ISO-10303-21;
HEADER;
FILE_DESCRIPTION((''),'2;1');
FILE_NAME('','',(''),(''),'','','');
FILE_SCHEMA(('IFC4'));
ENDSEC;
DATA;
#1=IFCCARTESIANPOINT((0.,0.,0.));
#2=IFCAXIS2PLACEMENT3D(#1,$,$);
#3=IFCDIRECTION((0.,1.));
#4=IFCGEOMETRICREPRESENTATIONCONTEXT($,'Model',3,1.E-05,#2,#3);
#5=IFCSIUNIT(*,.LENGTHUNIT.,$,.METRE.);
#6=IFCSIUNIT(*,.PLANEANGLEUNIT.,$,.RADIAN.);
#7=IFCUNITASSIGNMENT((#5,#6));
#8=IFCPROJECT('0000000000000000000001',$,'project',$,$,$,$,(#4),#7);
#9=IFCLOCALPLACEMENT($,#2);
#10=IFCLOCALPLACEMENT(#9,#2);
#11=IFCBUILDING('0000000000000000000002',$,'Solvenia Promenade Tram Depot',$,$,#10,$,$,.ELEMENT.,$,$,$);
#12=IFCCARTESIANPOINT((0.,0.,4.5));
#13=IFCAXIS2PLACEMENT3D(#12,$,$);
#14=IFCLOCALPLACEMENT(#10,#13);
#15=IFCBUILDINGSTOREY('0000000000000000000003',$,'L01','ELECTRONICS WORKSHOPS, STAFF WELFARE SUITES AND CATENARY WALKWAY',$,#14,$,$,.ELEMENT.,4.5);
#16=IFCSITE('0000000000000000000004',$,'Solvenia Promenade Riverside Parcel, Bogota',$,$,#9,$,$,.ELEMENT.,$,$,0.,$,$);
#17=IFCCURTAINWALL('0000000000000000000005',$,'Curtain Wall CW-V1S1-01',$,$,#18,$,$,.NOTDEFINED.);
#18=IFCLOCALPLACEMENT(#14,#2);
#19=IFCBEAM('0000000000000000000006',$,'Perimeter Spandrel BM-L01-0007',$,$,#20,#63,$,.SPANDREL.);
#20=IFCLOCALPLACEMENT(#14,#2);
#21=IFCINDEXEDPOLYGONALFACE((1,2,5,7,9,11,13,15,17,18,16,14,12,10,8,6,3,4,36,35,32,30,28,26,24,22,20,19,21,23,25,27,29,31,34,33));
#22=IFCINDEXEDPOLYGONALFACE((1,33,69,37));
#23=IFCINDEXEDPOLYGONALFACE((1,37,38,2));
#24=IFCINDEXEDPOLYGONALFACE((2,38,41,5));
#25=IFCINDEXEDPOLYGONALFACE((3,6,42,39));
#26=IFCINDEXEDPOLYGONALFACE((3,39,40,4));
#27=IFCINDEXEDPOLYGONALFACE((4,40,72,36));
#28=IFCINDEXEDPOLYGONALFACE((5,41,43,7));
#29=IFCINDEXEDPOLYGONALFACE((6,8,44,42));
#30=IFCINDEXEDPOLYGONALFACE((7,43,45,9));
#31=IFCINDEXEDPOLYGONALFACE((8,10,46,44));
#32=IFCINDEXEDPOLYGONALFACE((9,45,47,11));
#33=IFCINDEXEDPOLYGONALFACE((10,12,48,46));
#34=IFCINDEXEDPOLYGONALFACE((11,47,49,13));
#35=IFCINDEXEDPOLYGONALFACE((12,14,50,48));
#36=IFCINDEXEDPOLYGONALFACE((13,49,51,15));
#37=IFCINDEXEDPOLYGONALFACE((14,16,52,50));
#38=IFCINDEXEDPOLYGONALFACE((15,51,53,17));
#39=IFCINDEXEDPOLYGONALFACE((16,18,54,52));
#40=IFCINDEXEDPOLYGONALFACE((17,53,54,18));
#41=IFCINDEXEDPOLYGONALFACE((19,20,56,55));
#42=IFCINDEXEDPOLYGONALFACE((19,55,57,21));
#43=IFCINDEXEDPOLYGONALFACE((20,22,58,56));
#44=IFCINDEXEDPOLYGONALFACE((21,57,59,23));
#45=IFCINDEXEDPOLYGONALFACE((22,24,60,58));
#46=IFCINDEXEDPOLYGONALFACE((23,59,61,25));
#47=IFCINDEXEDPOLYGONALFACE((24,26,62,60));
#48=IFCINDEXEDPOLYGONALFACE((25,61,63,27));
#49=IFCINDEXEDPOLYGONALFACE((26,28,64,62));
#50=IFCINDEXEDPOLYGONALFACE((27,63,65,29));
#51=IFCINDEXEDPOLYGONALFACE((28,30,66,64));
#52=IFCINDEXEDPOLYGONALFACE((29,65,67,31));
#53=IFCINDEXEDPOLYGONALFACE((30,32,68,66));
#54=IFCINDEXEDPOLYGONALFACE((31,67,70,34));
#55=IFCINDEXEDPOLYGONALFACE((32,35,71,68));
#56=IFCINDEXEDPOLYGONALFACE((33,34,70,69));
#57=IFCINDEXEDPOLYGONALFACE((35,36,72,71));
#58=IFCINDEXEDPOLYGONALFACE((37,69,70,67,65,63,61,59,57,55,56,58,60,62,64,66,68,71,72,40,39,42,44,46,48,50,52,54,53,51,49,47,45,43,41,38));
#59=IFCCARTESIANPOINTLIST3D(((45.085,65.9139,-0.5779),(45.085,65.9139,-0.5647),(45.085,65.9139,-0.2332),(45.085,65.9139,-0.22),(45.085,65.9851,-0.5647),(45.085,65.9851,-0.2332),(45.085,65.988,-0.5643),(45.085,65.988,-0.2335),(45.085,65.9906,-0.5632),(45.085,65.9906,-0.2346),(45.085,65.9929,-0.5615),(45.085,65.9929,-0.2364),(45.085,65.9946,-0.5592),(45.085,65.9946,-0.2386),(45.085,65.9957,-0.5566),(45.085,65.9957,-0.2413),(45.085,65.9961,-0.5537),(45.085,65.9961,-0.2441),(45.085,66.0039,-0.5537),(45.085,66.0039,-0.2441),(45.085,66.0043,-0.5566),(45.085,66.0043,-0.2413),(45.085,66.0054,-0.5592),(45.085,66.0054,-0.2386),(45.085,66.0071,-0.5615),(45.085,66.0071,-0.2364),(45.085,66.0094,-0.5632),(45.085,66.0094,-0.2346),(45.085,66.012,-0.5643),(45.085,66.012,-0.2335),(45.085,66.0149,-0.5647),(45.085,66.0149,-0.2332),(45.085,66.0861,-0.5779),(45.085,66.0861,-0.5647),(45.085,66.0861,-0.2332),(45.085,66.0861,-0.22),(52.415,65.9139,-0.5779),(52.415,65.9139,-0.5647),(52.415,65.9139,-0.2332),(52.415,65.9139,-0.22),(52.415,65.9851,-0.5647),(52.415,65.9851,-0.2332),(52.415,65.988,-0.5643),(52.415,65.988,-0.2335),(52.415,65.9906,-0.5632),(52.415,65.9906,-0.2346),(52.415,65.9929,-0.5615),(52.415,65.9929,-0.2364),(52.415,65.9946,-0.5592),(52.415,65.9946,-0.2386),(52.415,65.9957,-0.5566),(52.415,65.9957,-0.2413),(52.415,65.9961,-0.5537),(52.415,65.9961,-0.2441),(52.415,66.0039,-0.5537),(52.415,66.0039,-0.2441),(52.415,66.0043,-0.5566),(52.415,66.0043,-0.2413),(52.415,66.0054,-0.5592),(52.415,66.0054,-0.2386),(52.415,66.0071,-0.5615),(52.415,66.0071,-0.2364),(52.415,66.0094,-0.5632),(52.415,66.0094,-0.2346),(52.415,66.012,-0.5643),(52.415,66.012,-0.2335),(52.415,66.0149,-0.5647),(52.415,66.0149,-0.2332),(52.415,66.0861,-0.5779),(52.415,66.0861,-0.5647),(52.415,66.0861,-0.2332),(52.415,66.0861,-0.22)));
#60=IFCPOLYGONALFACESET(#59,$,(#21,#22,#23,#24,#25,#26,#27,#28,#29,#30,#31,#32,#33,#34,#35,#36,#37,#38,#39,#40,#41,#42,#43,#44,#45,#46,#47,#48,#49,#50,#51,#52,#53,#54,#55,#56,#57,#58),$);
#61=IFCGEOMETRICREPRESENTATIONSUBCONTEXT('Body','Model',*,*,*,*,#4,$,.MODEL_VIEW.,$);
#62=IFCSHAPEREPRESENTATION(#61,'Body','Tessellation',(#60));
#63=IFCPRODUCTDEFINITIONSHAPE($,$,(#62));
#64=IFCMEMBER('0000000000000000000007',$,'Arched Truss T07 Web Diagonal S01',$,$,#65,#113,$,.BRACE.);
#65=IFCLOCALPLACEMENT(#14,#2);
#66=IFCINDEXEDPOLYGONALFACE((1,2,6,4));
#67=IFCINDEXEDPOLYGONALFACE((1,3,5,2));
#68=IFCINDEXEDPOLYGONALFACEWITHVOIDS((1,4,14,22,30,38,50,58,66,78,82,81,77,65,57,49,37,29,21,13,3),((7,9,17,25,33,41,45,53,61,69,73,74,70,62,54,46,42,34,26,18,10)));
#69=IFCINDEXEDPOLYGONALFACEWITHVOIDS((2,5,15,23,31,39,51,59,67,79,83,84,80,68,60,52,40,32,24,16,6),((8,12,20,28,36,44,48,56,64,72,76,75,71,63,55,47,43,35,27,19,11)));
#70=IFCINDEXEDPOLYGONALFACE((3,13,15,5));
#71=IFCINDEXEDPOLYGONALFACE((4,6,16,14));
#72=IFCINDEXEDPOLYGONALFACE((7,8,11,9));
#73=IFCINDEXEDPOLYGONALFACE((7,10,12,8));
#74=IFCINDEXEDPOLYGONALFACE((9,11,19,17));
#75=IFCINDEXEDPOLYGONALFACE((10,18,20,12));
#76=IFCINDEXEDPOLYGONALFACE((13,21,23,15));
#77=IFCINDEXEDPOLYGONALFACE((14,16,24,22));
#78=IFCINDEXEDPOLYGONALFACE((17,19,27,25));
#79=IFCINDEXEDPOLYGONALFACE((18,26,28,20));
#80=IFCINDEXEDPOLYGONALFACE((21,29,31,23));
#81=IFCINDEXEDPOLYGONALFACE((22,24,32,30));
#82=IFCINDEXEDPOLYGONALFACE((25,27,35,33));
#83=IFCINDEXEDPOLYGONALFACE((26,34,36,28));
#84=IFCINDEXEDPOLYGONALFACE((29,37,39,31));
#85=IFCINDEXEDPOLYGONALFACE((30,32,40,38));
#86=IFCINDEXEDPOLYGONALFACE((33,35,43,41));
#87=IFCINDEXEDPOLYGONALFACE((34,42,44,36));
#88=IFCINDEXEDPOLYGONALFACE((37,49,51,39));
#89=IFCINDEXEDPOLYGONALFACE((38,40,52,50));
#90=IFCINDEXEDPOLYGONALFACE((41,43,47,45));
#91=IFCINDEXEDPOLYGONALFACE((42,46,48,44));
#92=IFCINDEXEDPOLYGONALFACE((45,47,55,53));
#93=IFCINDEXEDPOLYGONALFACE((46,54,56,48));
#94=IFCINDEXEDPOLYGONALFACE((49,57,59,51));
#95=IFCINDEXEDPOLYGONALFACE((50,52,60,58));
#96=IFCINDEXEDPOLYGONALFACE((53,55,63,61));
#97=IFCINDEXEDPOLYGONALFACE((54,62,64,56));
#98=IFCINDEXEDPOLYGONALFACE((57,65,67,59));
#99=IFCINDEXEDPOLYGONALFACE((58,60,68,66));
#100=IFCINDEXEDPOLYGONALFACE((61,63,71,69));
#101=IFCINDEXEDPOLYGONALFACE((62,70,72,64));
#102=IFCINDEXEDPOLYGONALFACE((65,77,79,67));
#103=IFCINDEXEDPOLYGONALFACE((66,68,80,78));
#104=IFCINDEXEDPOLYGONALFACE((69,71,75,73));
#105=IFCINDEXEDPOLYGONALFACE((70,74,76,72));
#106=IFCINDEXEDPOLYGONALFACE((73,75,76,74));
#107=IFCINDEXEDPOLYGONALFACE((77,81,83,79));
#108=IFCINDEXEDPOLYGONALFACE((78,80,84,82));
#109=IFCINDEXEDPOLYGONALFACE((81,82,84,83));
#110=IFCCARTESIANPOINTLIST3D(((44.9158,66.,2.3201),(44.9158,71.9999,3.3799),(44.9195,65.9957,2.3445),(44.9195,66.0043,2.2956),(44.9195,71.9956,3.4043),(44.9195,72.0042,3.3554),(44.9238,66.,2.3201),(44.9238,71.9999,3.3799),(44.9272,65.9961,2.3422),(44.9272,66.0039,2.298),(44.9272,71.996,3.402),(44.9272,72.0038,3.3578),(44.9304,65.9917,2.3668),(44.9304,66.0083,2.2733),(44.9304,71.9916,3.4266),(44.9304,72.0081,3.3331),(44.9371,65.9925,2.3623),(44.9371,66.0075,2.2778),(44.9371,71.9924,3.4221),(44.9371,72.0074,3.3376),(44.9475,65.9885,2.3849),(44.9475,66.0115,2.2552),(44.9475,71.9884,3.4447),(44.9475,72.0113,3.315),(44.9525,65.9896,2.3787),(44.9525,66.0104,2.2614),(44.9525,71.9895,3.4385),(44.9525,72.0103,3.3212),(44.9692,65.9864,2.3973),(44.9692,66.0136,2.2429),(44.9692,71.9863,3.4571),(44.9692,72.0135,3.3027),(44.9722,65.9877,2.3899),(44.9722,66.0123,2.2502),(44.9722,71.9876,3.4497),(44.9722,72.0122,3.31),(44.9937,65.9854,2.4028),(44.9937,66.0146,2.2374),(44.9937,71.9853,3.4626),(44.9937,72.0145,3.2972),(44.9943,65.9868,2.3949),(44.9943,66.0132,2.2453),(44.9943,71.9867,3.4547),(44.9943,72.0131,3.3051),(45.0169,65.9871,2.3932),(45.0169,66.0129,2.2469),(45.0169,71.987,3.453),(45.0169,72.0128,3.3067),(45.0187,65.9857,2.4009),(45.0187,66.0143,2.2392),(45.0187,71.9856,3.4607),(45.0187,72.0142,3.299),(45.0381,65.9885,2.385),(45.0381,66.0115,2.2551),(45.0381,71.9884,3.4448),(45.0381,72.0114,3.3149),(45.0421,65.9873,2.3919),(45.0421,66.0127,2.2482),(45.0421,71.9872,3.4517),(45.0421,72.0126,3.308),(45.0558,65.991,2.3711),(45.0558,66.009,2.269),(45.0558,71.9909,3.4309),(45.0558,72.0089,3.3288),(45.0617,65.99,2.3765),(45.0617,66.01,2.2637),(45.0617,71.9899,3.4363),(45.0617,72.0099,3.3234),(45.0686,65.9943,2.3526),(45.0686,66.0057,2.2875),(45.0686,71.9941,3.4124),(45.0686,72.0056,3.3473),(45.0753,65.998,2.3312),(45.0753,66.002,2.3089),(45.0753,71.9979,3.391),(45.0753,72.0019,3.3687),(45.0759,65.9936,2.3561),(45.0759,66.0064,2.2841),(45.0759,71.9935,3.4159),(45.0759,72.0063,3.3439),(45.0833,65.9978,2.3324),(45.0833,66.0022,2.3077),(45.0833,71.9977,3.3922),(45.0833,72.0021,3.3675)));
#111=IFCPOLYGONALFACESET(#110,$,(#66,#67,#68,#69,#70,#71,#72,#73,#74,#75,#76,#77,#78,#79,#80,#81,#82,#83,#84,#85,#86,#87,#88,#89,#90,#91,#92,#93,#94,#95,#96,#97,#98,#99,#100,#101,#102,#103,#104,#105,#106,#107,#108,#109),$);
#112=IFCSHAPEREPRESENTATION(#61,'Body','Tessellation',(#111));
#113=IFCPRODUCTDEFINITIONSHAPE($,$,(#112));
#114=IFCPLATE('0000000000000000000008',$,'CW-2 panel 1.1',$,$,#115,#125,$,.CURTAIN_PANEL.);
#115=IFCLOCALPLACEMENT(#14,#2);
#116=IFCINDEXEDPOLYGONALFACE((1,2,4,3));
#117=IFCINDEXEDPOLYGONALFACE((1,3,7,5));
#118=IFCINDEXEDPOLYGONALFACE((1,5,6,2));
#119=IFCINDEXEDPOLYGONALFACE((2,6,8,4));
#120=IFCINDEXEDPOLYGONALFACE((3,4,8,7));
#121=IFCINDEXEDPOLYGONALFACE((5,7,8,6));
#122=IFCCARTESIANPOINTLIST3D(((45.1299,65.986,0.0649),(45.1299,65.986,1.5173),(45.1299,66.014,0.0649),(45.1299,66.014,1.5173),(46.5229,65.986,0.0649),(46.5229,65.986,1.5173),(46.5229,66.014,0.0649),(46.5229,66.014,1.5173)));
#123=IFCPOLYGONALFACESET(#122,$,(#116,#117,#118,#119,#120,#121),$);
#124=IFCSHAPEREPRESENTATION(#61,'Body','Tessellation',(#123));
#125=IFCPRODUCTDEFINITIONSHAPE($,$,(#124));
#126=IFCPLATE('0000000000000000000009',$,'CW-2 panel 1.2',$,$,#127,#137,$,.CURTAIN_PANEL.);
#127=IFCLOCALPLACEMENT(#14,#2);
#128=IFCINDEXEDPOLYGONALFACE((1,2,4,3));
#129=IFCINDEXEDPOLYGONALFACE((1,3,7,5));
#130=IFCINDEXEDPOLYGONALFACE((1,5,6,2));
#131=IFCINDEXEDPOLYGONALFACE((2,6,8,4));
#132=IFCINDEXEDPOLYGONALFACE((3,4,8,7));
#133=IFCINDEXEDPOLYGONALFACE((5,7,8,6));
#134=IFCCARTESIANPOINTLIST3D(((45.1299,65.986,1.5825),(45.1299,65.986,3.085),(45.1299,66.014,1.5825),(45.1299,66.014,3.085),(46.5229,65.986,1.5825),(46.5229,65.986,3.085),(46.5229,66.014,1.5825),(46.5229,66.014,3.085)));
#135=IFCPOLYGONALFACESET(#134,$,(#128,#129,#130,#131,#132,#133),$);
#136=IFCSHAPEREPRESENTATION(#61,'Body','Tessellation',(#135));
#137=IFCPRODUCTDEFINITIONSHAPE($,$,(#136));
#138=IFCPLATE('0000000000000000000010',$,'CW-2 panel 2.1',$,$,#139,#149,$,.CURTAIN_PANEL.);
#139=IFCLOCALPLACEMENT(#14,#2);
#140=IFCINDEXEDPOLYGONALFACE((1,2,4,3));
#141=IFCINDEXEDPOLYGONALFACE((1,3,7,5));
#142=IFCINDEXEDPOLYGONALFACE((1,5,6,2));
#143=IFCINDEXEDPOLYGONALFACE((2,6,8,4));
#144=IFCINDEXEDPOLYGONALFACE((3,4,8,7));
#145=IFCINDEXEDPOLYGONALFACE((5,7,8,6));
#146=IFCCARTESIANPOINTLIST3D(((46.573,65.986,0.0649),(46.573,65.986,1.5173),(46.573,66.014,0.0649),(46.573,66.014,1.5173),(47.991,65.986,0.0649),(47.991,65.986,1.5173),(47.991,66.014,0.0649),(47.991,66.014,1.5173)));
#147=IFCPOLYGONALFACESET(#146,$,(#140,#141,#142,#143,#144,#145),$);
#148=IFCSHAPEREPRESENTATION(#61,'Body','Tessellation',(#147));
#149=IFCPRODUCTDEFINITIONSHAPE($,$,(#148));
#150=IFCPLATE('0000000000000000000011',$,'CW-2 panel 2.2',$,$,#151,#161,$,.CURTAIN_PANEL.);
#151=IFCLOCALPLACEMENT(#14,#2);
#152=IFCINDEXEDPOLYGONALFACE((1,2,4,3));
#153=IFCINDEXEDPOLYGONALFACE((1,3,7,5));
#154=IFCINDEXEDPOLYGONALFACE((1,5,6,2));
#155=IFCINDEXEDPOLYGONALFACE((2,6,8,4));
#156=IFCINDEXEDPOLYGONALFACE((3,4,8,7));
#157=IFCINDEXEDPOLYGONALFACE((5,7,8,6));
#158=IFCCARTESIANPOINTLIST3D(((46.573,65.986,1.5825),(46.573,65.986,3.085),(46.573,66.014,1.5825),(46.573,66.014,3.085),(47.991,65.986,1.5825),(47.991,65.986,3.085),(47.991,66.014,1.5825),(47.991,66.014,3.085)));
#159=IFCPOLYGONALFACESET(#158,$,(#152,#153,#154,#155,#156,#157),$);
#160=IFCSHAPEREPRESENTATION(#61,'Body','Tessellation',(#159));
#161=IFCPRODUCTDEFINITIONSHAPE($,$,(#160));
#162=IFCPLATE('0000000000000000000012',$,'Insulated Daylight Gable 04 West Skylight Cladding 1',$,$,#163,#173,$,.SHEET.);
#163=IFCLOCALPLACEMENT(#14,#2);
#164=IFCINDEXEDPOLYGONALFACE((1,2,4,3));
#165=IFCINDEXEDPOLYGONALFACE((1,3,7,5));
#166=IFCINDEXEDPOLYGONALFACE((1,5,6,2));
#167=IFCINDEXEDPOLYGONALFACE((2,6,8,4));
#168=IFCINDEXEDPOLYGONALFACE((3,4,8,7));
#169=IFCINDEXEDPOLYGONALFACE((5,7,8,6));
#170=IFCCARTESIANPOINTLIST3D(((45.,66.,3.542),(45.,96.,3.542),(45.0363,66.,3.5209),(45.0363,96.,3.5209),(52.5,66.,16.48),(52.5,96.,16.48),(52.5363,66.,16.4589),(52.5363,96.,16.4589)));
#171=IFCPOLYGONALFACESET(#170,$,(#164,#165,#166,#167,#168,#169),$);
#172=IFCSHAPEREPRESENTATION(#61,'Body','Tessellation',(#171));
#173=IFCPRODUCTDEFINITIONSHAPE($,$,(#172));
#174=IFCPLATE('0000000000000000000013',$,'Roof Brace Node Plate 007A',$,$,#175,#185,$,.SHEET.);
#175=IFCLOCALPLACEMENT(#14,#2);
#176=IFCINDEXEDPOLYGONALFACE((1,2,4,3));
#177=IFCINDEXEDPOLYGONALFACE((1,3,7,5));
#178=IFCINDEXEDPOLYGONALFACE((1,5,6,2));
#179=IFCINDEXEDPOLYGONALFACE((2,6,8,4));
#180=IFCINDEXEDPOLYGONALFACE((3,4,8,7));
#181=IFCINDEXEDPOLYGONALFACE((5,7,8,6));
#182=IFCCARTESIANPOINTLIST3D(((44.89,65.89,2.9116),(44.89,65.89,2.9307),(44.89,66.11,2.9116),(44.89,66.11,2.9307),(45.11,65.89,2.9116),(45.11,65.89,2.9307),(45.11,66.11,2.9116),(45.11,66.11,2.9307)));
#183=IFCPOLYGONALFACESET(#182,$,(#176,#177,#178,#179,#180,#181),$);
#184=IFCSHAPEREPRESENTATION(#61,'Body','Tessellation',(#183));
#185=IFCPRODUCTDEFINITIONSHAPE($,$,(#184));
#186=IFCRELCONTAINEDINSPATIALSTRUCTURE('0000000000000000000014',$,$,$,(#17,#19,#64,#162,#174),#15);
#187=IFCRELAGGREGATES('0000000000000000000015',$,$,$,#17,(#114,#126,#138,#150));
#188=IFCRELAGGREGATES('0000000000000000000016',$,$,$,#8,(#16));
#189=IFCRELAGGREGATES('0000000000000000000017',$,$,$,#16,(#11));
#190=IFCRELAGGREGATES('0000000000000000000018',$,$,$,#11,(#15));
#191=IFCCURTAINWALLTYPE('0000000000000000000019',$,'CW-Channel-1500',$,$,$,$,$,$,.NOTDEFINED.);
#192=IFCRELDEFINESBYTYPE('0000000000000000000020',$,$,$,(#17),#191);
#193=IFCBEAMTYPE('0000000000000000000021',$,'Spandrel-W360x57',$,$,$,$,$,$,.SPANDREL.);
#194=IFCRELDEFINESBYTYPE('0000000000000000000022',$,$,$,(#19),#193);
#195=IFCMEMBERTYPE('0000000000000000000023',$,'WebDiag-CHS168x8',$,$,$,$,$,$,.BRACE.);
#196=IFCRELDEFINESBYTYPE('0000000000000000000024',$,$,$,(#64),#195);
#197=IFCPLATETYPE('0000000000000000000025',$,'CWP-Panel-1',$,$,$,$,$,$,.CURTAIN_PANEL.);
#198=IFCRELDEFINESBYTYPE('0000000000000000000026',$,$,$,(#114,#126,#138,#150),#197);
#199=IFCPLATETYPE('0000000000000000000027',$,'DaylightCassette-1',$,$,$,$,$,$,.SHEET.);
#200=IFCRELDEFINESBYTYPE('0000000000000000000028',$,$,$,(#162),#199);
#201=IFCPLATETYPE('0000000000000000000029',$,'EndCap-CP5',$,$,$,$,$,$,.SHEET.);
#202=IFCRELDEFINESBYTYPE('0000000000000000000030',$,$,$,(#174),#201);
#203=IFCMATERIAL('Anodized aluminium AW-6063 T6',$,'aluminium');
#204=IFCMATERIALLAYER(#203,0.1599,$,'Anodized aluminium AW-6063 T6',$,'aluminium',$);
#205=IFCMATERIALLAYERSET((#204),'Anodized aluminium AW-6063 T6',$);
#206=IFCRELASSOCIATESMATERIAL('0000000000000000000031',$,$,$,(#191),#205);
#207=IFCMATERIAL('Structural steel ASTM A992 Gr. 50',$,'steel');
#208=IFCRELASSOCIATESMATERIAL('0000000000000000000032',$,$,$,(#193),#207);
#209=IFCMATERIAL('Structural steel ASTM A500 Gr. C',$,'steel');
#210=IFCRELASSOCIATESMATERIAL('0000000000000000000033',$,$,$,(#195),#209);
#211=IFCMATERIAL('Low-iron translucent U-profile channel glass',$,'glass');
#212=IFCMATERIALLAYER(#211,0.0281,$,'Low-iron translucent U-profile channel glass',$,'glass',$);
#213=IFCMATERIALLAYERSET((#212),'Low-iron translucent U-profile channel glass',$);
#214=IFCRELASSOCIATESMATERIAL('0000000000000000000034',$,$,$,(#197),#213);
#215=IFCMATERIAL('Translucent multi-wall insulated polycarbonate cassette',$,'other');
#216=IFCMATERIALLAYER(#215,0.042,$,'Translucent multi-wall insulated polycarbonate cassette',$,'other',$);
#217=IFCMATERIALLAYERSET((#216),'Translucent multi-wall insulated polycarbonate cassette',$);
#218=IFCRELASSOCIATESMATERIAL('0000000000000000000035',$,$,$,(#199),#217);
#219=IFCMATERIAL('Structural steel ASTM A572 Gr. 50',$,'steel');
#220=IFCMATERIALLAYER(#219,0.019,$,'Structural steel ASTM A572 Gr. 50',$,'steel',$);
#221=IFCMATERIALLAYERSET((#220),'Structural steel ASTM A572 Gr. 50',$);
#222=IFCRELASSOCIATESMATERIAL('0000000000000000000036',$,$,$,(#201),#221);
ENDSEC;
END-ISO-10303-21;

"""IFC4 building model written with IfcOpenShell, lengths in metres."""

from ifc_helpers import new_model, si_unit, direction, frame, origin, origin_2d, place, context, subcontext, project, spatial, polyline, rectangle, hollow_circle, i_section, outline, extrude, material, layer, layer_set, material_profile, profile_set, type_object, element, aggregate, save


model = new_model("IFC4")

# Units and contexts
model_context = context("Model", 3, precision=1e-05, world=origin(), true_north=direction((0.0, 1.0)))
body_context = subcontext(model_context, "Body", "Model", "MODEL_VIEW")
ifc_project = project(units=[si_unit("LENGTHUNIT", "METRE"), si_unit("PLANEANGLEUNIT", "RADIAN")], contexts=[model_context])

# Site, building, storey
site_placement = place(None, origin())
site = spatial("IfcSite", under=ifc_project, at=site_placement, Name="Solvenia Promenade Riverside Parcel, Bogota", CompositionType="ELEMENT", RefElevation=0.0)
building_placement = place(site_placement, origin())
building = spatial("IfcBuilding", under=site, at=building_placement, Name="Solvenia Promenade Tram Depot", CompositionType="ELEMENT")
storey_placement = place(building_placement, frame((0.0, 0.0, 4.5)))
storey = spatial("IfcBuildingStorey", under=building, at=storey_placement, Name="L01", Description="ELECTRONICS WORKSHOPS, STAFF WELFARE SUITES AND CATENARY WALKWAY", CompositionType="ELEMENT", Elevation=4.5)

# Shared definitions
ifc_material_1 = material(Name="Structural steel ASTM A992 Gr. 50", Category="steel")

# Shared definitions
ifc_material_2 = material(Name="Anodized aluminium AW-6063 T6", Category="aluminium")

# Curtain wall
ifc_layer_1 = layer(ifc_material_2, 0.1599, Name="Anodized aluminium AW-6063 T6", Category="aluminium")
ifc_layer_set_1 = layer_set([ifc_layer_1], Name="Anodized aluminium AW-6063 T6")
curtain_wall_type_1 = type_object("IfcCurtainWallType", Name="CW-Channel-1500", PredefinedType="NOTDEFINED", material=ifc_layer_set_1)
curtain_wall_1_placement = place(storey_placement, origin())
curtain_wall_1 = element("IfcCurtainWall", 1, at=curtain_wall_1_placement, inside=storey, type_object=curtain_wall_type_1, Name="Curtain Wall CW-V1S1-01", PredefinedType="NOTDEFINED")

# Shared definitions
ifc_material_3 = material(Name="Structural steel ASTM A500 Gr. C", Category="steel")

# Beam
ifc_material_profile_1 = material_profile(ifc_material_1, i_section(OverallWidth=0.1721, OverallDepth=0.3579, WebThickness=0.0078, FlangeThickness=0.0132, FilletRadius=0.011, at=origin_2d()), Name="W360x57", Category="steel")
ifc_profile_set_1 = profile_set([ifc_material_profile_1], Name="Structural steel ASTM A992 Gr. 50")
beam_type = type_object("IfcBeamType", Name="Spandrel-W360x57", PredefinedType="SPANDREL", material=ifc_profile_set_1)
beam_placement = place(storey_placement, frame((45.085, 66.0, -0.3989), z_axis=(1.0, 0.0, 0.0), x_axis=(0.0, 1.0, 0.0)))
element("IfcBeam", 2, at=beam_placement, inside=storey, type_object=beam_type, Name="Perimeter Spandrel BM-L01-0007", PredefinedType="SPANDREL", context=body_context, shape_type="SweptSolid", body=[
    extrude(i_section(OverallWidth=0.1721, OverallDepth=0.3579, WebThickness=0.0078, FlangeThickness=0.0132, FilletRadius=0.011, at=origin_2d()), origin(), (0.0, 0.0, 1.0), 7.3301),
])

# Member
ifc_material_profile_2 = material_profile(ifc_material_3, hollow_circle(Radius=0.0842, WallThickness=0.0081, at=origin_2d()), Name="CHS168.3x8", Category="steel")
ifc_profile_set_2 = profile_set([ifc_material_profile_2], Name="Structural steel ASTM A500 Gr. C")
member_type_1 = type_object("IfcMemberType", Name="WebDiag-CHS168x8", PredefinedType="BRACE", material=ifc_profile_set_2)
member_1_placement = place(storey_placement, frame((45.0, 66.0, 2.3201), z_axis=(0.0, 0.984756, 0.173943), x_axis=(-1.0, 0.0, 0.0)))
element("IfcMember", 3, at=member_1_placement, inside=storey, type_object=member_type_1, Name="Arched Truss T07 Web Diagonal S01", PredefinedType="BRACE", context=body_context, shape_type="SweptSolid", body=[
    extrude(hollow_circle(Radius=0.0842, WallThickness=0.0081, at=origin_2d()), origin(), (0.0, 0.0, 1.0), 6.0928),
])

# Plates
ifc_material_4 = material(Name="Low-iron translucent U-profile channel glass", Category="glass")
ifc_layer_2 = layer(ifc_material_4, 0.0281, Name="Low-iron translucent U-profile channel glass", Category="glass")
ifc_layer_set_2 = layer_set([ifc_layer_2], Name="Low-iron translucent U-profile channel glass")
plate_type_1 = type_object("IfcPlateType", Name="CWP-Panel-1", PredefinedType="CURTAIN_PANEL", material=ifc_layer_set_2)
plate_1_placement = place(storey_placement, frame((45.8264, 66.0, 0.0649), z_axis=(0.0, 0.0, 1.0), x_axis=(1.0, 0.0, 0.0)))
plate_1 = element("IfcPlate", 4, at=plate_1_placement, type_object=plate_type_1, Name="CW-2 panel 1.1", PredefinedType="CURTAIN_PANEL", context=body_context, shape_type="SweptSolid", body=[
    extrude(rectangle(XDim=1.3931, YDim=0.0281, at=origin_2d()), origin(), (0.0, 0.0, 1.0), 1.4524),
])
plate_2_placement = place(storey_placement, frame((45.8264, 66.0, 1.5825), z_axis=(0.0, 0.0, 1.0), x_axis=(1.0, 0.0, 0.0)))
plate_2 = element("IfcPlate", 5, at=plate_2_placement, type_object=plate_type_1, Name="CW-2 panel 1.2", PredefinedType="CURTAIN_PANEL", context=body_context, shape_type="SweptSolid", body=[
    extrude(rectangle(XDim=1.3931, YDim=0.0281, at=origin_2d()), origin(), (0.0, 0.0, 1.0), 1.5024),
])
plate_3_placement = place(storey_placement, frame((47.282, 66.0, 0.0649), z_axis=(0.0, 0.0, 1.0), x_axis=(1.0, 0.0, 0.0)))
plate_3 = element("IfcPlate", 6, at=plate_3_placement, type_object=plate_type_1, Name="CW-2 panel 2.1", PredefinedType="CURTAIN_PANEL", context=body_context, shape_type="SweptSolid", body=[
    extrude(rectangle(XDim=1.418, YDim=0.0281, at=origin_2d()), origin(), (0.0, 0.0, 1.0), 1.4524),
])
plate_4_placement = place(storey_placement, frame((47.282, 66.0, 1.5825), z_axis=(0.0, 0.0, 1.0), x_axis=(1.0, 0.0, 0.0)))
plate_4 = element("IfcPlate", 7, at=plate_4_placement, type_object=plate_type_1, Name="CW-2 panel 2.2", PredefinedType="CURTAIN_PANEL", context=body_context, shape_type="SweptSolid", body=[
    extrude(rectangle(XDim=1.418, YDim=0.0281, at=origin_2d()), origin(), (0.0, 0.0, 1.0), 1.5024),
])
aggregate(curtain_wall_1, [plate_1, plate_2, plate_3, plate_4])

# Plates
ifc_material_5 = material(Name="Translucent multi-wall insulated polycarbonate cassette", Category="other")
ifc_layer_3 = layer(ifc_material_5, 0.042, Name="Translucent multi-wall insulated polycarbonate cassette", Category="other")
ifc_layer_set_3 = layer_set([ifc_layer_3], Name="Translucent multi-wall insulated polycarbonate cassette")
plate_type_2 = type_object("IfcPlateType", Name="DaylightCassette-1", PredefinedType="SHEET", material=ifc_layer_set_3)
plate_5_placement = place(storey_placement, frame((45.0, 66.0, 3.542), z_axis=(-0.865148, 0.0, 0.501516), x_axis=(0.0, 1.0, 0.0)))
element("IfcPlate", 8, at=plate_5_placement, inside=storey, type_object=plate_type_2, Name="Insulated Daylight Gable 04 West Skylight Cladding 1", PredefinedType="SHEET", context=body_context, shape_type="SweptSolid", body=[
    extrude(outline(polyline([(0.0, 0.0), (30.0, 0.0), (30.0, -14.9546), (0.0, -14.9546), (0.0, 0.0)])), origin(), (0.0, 0.0, -1.0), 0.042),
])
ifc_material_6 = material(Name="Structural steel ASTM A572 Gr. 50", Category="steel")
ifc_layer_4 = layer(ifc_material_6, 0.019, Name="Structural steel ASTM A572 Gr. 50", Category="steel")
ifc_layer_set_4 = layer_set([ifc_layer_4], Name="Structural steel ASTM A572 Gr. 50")
plate_type_3 = type_object("IfcPlateType", Name="EndCap-CP5", PredefinedType="SHEET", material=ifc_layer_set_4)
plate_6_placement = place(storey_placement, frame((45.0, 66.0, 2.9116), z_axis=(0.0, 0.0, 1.0), x_axis=(1.0, 0.0, 0.0)))
element("IfcPlate", 9, at=plate_6_placement, inside=storey, type_object=plate_type_3, Name="Roof Brace Node Plate 007A", PredefinedType="SHEET", context=body_context, shape_type="SweptSolid", body=[
    extrude(rectangle(XDim=0.22, YDim=0.22, at=origin_2d()), origin(), (0.0, 0.0, 1.0), 0.019),
])

save(model, "model.ifc")
